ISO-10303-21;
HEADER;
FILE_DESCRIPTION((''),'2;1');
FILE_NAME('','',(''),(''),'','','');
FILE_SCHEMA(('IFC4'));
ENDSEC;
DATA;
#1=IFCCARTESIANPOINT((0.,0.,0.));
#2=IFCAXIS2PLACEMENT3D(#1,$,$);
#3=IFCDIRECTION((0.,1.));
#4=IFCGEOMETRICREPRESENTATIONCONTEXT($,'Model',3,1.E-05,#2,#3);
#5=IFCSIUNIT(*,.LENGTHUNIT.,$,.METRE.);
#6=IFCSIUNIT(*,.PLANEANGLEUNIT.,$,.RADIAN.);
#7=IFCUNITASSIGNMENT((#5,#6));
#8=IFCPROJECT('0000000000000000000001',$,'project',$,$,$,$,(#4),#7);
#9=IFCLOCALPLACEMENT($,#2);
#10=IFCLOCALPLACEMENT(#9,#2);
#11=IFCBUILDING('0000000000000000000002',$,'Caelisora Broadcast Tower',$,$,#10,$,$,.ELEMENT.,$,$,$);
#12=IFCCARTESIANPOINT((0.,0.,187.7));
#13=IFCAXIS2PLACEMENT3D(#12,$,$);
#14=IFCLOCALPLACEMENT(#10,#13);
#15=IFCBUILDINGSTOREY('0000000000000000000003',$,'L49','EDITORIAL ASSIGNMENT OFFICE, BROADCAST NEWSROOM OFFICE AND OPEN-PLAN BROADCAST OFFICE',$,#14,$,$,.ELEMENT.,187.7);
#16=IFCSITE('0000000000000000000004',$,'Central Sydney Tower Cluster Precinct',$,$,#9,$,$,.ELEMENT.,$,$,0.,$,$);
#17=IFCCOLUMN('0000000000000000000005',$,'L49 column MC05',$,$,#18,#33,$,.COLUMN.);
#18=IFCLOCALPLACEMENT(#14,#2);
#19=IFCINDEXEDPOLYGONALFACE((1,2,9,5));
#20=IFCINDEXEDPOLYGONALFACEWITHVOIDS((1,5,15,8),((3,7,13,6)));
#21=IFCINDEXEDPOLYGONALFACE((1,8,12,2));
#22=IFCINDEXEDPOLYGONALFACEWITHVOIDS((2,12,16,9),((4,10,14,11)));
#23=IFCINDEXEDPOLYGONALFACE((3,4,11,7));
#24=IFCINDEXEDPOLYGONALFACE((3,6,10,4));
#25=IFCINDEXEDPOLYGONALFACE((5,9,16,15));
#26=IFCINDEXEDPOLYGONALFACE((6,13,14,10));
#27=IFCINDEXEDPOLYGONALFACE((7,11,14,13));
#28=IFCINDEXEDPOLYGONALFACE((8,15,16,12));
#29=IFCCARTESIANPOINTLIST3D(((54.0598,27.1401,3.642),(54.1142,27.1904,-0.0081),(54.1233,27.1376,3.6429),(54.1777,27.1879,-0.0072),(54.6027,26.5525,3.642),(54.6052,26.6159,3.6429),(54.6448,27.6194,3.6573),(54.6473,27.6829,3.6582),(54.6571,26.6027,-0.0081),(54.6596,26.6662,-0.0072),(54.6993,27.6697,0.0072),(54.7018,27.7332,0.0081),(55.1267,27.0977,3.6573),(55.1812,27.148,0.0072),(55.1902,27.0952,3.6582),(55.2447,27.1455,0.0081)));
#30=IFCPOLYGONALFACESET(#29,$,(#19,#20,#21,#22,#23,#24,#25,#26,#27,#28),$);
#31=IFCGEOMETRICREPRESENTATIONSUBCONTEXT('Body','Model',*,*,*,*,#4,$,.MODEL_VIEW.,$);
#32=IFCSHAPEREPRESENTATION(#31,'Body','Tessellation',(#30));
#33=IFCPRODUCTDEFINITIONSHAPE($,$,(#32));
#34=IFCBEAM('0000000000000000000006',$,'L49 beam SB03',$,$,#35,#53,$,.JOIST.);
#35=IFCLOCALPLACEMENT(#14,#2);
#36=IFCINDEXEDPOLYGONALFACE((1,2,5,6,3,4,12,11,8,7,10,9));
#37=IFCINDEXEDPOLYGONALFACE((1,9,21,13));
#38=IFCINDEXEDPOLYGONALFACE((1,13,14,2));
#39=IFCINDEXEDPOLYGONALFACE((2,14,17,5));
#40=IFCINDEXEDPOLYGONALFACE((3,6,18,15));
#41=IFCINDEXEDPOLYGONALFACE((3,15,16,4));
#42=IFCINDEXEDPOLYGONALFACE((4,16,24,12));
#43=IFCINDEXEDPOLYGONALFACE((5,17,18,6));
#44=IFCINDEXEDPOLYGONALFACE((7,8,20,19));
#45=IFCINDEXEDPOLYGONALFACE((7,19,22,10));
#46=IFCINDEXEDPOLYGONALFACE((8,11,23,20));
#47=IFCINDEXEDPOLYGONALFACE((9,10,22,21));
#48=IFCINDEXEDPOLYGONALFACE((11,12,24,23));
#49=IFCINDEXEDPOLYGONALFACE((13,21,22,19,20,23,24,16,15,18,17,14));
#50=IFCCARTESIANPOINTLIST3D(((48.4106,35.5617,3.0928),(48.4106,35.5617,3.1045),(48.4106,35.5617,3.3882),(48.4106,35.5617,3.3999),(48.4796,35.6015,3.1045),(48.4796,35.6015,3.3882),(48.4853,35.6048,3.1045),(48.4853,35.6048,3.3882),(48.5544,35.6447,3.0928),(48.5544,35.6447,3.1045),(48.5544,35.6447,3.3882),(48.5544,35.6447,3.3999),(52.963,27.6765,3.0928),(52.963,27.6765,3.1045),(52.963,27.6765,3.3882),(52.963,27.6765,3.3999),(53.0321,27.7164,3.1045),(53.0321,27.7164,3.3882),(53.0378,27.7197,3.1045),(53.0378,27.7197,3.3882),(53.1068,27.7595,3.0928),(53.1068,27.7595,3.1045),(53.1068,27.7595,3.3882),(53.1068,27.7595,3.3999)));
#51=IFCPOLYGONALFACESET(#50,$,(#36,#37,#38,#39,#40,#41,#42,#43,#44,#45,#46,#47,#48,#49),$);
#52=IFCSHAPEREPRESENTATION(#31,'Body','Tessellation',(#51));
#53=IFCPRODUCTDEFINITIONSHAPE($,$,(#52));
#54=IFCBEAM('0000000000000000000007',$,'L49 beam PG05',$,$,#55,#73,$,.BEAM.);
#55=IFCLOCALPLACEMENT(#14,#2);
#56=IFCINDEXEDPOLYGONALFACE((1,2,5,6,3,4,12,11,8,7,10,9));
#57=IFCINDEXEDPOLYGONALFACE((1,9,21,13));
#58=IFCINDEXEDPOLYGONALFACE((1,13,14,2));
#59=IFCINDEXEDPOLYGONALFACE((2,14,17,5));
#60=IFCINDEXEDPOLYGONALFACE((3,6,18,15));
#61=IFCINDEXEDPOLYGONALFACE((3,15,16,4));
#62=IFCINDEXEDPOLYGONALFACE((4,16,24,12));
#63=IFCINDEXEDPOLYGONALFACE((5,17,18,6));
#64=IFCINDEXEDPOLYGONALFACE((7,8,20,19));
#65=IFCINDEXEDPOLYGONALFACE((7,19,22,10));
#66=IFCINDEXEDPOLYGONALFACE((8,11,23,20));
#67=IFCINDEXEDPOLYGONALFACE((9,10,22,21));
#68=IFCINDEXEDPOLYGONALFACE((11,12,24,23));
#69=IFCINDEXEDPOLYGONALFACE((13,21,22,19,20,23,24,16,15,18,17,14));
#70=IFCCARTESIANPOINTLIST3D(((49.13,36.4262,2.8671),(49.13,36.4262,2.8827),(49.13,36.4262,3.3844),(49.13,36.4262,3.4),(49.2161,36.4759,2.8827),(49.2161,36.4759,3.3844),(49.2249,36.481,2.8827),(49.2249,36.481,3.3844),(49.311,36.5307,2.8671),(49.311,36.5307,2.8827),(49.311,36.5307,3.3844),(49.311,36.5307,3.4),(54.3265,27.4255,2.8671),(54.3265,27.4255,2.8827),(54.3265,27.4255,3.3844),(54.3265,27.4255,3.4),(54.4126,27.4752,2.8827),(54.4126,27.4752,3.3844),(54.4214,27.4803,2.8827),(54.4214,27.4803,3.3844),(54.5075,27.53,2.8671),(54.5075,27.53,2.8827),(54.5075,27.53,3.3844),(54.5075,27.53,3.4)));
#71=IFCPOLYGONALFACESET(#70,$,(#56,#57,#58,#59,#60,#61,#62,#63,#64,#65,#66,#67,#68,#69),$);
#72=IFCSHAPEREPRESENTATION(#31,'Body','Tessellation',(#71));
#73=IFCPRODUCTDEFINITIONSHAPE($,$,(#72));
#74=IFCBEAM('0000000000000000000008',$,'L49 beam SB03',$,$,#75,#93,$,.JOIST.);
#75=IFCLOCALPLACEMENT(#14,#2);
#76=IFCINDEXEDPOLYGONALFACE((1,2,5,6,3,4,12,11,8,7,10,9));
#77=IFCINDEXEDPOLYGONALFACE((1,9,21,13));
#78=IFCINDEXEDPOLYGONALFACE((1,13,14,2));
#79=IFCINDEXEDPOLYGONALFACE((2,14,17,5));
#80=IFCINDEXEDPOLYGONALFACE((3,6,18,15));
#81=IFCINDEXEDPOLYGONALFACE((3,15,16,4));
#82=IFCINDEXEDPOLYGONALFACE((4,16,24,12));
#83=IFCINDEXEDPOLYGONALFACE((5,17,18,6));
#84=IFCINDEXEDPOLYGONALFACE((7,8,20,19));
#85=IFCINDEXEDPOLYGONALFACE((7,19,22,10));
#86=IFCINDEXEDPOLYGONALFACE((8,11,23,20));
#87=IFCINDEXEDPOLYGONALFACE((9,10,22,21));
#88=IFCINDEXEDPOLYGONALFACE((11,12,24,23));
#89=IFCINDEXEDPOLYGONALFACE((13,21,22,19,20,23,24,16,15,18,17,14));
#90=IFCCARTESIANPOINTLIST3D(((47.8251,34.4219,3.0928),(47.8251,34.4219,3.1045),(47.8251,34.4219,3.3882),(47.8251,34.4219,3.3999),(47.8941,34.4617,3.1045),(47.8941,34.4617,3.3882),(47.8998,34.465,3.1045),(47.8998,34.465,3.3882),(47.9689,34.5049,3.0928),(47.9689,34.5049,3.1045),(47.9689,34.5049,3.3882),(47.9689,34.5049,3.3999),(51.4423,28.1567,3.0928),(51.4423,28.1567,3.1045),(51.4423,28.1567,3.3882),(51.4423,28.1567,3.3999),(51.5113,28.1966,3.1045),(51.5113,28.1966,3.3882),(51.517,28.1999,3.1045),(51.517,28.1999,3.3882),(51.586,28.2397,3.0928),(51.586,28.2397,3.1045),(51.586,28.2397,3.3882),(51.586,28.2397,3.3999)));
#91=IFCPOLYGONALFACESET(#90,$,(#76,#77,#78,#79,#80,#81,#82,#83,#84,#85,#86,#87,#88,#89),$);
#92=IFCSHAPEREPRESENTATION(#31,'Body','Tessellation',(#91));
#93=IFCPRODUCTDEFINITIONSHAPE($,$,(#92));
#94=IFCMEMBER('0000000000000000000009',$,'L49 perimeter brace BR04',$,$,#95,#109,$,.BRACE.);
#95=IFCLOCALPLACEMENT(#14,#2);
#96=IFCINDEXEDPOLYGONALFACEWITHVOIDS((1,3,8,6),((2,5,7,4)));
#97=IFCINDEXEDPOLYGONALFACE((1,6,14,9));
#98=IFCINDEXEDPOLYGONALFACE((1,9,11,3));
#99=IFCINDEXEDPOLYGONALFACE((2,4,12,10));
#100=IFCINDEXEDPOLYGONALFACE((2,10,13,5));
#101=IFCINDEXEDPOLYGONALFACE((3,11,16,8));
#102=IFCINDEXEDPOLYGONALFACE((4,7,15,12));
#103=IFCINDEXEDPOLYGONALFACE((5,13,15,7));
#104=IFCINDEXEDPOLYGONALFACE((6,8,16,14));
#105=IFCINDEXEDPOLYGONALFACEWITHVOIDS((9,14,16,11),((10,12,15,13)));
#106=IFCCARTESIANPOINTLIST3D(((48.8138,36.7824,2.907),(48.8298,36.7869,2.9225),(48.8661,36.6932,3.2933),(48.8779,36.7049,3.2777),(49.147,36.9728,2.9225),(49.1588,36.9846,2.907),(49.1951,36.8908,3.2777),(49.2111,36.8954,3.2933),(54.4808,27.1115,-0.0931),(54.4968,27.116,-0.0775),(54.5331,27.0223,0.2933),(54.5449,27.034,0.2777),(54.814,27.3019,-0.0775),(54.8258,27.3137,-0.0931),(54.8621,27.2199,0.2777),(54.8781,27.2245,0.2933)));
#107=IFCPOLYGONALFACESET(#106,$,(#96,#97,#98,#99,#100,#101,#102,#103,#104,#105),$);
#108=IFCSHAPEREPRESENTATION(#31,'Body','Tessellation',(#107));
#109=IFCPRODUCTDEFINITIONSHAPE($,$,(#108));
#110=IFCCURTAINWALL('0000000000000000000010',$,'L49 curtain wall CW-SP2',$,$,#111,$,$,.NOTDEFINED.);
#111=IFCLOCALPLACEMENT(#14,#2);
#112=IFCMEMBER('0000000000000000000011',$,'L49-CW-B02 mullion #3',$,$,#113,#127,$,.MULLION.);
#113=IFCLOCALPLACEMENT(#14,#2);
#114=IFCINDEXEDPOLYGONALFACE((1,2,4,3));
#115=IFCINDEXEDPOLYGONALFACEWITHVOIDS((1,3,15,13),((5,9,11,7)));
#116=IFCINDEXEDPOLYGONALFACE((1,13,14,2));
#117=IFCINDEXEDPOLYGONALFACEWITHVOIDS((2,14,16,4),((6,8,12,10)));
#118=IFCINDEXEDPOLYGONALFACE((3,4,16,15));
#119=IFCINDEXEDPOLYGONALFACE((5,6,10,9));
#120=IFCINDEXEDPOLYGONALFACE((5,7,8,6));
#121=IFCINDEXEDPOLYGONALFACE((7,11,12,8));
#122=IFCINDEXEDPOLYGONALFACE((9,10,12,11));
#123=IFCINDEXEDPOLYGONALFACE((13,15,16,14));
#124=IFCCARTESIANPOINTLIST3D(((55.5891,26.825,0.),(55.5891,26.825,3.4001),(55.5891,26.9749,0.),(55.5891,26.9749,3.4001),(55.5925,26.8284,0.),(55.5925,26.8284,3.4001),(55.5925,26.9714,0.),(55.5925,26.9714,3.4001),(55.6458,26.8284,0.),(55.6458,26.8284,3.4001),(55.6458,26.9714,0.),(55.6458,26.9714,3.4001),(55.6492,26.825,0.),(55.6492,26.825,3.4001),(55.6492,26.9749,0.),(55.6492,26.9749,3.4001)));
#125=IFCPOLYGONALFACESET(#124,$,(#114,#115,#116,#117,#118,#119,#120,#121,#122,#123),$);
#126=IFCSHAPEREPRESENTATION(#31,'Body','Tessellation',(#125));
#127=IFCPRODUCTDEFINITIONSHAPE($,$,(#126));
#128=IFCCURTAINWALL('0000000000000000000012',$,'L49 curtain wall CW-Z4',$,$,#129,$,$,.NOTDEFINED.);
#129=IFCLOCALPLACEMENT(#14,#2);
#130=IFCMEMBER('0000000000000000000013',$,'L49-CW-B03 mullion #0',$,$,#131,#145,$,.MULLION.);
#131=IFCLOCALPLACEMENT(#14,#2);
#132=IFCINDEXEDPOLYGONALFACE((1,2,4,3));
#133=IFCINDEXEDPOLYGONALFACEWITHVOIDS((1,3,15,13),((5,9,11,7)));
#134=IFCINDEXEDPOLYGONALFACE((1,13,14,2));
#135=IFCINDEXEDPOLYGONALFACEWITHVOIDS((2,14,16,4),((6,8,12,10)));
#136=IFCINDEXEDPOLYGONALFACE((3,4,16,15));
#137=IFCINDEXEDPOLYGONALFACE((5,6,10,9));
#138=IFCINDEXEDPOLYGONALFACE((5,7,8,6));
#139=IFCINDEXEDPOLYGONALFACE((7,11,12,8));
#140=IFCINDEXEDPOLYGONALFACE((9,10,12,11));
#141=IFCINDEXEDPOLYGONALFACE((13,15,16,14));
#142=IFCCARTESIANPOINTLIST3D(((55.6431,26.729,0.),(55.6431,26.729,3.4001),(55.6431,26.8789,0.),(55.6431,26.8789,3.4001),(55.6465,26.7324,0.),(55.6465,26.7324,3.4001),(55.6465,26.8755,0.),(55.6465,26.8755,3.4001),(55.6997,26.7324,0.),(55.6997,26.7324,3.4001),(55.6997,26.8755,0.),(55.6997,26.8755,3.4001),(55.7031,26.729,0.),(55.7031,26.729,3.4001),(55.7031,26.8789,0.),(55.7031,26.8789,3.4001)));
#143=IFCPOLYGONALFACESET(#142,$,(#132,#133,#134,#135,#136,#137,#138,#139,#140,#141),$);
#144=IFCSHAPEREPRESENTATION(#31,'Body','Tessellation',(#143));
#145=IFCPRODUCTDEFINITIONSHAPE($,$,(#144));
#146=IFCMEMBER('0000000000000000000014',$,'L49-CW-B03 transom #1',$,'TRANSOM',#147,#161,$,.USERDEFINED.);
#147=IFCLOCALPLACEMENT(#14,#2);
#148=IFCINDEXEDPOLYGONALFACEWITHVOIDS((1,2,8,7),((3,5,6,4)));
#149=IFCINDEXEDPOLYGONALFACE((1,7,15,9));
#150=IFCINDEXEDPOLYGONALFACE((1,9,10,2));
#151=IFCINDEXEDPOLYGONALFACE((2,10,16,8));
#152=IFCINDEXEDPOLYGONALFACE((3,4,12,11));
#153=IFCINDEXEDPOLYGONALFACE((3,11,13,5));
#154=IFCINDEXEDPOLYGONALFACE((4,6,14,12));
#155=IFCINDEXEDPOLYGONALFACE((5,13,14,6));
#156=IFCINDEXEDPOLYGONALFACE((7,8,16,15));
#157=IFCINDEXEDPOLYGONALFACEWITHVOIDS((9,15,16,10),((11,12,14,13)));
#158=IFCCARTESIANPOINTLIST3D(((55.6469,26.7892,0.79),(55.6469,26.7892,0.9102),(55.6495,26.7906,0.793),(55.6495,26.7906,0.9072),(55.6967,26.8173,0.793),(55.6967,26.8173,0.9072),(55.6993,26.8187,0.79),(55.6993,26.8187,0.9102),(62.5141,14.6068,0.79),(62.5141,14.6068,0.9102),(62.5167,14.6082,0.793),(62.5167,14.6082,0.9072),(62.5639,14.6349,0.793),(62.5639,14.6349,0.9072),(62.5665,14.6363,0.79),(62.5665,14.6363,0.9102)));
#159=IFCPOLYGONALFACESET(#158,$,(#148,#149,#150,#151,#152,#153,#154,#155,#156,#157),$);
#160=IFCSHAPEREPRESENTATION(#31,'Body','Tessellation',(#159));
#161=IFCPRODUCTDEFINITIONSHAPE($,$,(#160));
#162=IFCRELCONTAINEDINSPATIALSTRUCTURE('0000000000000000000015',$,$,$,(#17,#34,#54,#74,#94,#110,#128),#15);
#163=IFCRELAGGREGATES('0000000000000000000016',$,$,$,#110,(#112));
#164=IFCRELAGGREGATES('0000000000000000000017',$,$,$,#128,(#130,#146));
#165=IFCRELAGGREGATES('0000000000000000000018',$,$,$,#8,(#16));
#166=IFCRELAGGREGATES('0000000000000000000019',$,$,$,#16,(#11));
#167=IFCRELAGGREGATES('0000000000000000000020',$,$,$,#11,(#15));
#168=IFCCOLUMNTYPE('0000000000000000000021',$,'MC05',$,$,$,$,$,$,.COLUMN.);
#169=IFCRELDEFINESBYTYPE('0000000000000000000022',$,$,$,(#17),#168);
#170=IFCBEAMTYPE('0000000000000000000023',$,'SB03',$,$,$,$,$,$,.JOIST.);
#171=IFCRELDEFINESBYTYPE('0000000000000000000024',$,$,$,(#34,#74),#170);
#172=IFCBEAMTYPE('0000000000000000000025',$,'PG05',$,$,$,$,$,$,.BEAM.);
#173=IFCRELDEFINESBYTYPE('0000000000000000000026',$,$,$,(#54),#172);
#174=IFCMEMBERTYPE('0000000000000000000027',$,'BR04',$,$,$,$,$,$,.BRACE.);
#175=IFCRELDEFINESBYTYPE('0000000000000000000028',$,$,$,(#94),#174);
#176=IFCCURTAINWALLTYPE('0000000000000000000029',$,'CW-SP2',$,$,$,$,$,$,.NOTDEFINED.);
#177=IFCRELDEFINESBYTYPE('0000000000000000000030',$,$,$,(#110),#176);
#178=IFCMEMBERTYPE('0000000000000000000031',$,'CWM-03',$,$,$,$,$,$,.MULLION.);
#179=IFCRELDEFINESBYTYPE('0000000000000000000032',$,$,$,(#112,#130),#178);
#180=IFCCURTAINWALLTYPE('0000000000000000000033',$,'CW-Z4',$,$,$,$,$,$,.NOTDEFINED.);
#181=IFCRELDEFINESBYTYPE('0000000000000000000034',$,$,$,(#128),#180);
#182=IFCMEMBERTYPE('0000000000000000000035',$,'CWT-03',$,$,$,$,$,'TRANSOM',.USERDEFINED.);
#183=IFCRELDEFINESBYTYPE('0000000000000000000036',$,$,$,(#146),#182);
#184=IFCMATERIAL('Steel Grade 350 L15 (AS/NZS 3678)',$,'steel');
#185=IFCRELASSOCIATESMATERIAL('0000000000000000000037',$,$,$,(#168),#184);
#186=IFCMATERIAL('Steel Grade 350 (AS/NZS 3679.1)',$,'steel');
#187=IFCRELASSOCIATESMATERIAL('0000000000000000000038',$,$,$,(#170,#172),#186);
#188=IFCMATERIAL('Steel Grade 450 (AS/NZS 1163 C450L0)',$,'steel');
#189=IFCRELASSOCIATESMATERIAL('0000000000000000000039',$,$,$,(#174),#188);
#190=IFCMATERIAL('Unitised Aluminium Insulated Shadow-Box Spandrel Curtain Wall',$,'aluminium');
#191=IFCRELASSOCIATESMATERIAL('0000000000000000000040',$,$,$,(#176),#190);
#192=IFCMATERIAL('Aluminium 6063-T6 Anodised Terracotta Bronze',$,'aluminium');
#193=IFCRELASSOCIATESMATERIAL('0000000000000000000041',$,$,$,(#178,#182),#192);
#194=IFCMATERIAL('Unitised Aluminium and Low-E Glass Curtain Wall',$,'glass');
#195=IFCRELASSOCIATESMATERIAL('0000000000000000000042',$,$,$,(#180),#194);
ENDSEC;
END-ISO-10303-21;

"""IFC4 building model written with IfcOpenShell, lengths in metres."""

from ifc_helpers import new_model, si_unit, direction, frame, origin, origin_2d, place, context, subcontext, project, spatial, hollow_rectangle, i_section, extrude, source, transform, mapped, material, material_profile, profile_set, type_object, type_shapes, element, aggregate, save


model = new_model("IFC4")

# Units and contexts
model_context = context("Model", 3, precision=1e-05, world=origin(), true_north=direction((0.0, 1.0)))
body_context = subcontext(model_context, "Body", "Model", "MODEL_VIEW")
ifc_project = project(units=[si_unit("LENGTHUNIT", "METRE"), si_unit("PLANEANGLEUNIT", "RADIAN")], contexts=[model_context])

# Site, building, storey
site_placement = place(None, origin())
site = spatial("IfcSite", under=ifc_project, at=site_placement, Name="Central Sydney Tower Cluster Precinct", CompositionType="ELEMENT", RefElevation=0.0)
building_placement = place(site_placement, origin())
building = spatial("IfcBuilding", under=site, at=building_placement, Name="Caelisora Broadcast Tower", CompositionType="ELEMENT")
storey_placement = place(building_placement, frame((0.0, 0.0, 187.7)))
storey = spatial("IfcBuildingStorey", under=building, at=storey_placement, Name="L49", Description="EDITORIAL ASSIGNMENT OFFICE, BROADCAST NEWSROOM OFFICE AND OPEN-PLAN BROADCAST OFFICE", CompositionType="ELEMENT", Elevation=187.7)

# Column
ifc_material_1 = material(Name="Steel Grade 350 L15 (AS/NZS 3678)", Category="steel")
ifc_material_profile_1 = material_profile(ifc_material_1, hollow_rectangle(XDim=0.8, YDim=0.8, WallThickness=0.0449, at=origin_2d()), Name="Steel Grade 350 L15 (AS/NZS 3678)")
ifc_profile_set_1 = profile_set([ifc_material_profile_1], Name="Steel Grade 350 L15 (AS/NZS 3678)")
column_type = type_object("IfcColumnType", Name="MC05", PredefinedType="COLUMN", material=ifc_profile_set_1)
shared_shape_1 = source(origin(), body_context, "Body", "SweptSolid", [
    extrude(hollow_rectangle(XDim=0.8, YDim=0.8, WallThickness=0.0449, at=origin_2d()), origin(), (0.0, 0.0, 1.0), 3.6509),
])
type_shapes(column_type, [shared_shape_1])
column_placement = place(storey_placement, frame((54.6794, 27.168, 0.0), z_axis=(-0.014912, -0.013776, 0.999794), x_axis=(0.678554, -0.734551, 0.0)))
element("IfcColumn", 1, at=column_placement, inside=storey, type_object=column_type, Name="L49 column MC05", PredefinedType="COLUMN", context=body_context, shape_type="MappedRepresentation", body=[
    mapped(shared_shape_1, transform((0.0, 0.0, 0.0), scale=1.0)),
])

# Beams
ifc_material_2 = material(Name="Steel Grade 350 (AS/NZS 3679.1)", Category="steel")
ifc_material_profile_2 = material_profile(ifc_material_2, i_section(OverallWidth=0.166, OverallDepth=0.3071, WebThickness=0.0066, FlangeThickness=0.0117, at=origin_2d()), Name="Steel Grade 350 (AS/NZS 3679.1)")
ifc_profile_set_2 = profile_set([ifc_material_profile_2], Name="Steel Grade 350 (AS/NZS 3679.1)")
beam_type_1 = type_object("IfcBeamType", Name="SB03", PredefinedType="JOIST", material=ifc_profile_set_2)
shared_shape_2 = source(origin(), body_context, "Body", "SweptSolid", [
    extrude(i_section(OverallWidth=0.166, OverallDepth=0.3071, WebThickness=0.0066, FlangeThickness=0.0117, at=origin_2d()), origin(), (0.0, 0.0, 1.0), 9.105),
])
beam_1_placement = place(storey_placement, frame((53.0349, 27.718, 3.2463), z_axis=(-0.499995, 0.866028, 0.0), x_axis=(-0.866028, -0.499995, 0.0)))
element("IfcBeam", 2, at=beam_1_placement, inside=storey, type_object=beam_type_1, Name="L49 beam SB03", PredefinedType="JOIST", context=body_context, shape_type="MappedRepresentation", body=[
    mapped(shared_shape_2, transform((0.0, 0.0, 0.0), scale=1.0)),
])
ifc_material_profile_3 = material_profile(ifc_material_2, i_section(OverallWidth=0.209, OverallDepth=0.533, WebThickness=0.0103, FlangeThickness=0.0156, at=origin_2d()), Name="Steel Grade 350 (AS/NZS 3679.1)")
ifc_profile_set_3 = profile_set([ifc_material_profile_3], Name="Steel Grade 350 (AS/NZS 3679.1)")
beam_type_2 = type_object("IfcBeamType", Name="PG05", PredefinedType="BEAM", material=ifc_profile_set_3)
shared_shape_3 = source(origin(), body_context, "Body", "SweptSolid", [
    extrude(i_section(OverallWidth=0.209, OverallDepth=0.533, WebThickness=0.0103, FlangeThickness=0.0156, at=origin_2d()), origin(), (0.0, 0.0, 1.0), 10.3931),
])
type_shapes(beam_type_2, [shared_shape_3])
beam_2_placement = place(storey_placement, frame((54.417, 27.4778, 3.1335), z_axis=(-0.499997, 0.866027, 0.0), x_axis=(-0.866027, -0.499997, 0.0)))
element("IfcBeam", 3, at=beam_2_placement, inside=storey, type_object=beam_type_2, Name="L49 beam PG05", PredefinedType="BEAM", context=body_context, shape_type="MappedRepresentation", body=[
    mapped(shared_shape_3, transform((0.0, 0.0, 0.0), scale=1.0)),
])
shared_shape_4 = source(origin(), body_context, "Body", "SweptSolid", [
    extrude(i_section(OverallWidth=0.166, OverallDepth=0.3071, WebThickness=0.0066, FlangeThickness=0.0117, at=origin_2d()), origin(), (0.0, 0.0, 1.0), 7.2344),
])
type_shapes(beam_type_1, [shared_shape_2, shared_shape_4])
beam_3_placement = place(storey_placement, frame((51.5142, 28.1982, 3.2463), z_axis=(-0.500001, 0.866025, 0.0), x_axis=(-0.866025, -0.500001, 0.0)))
element("IfcBeam", 4, at=beam_3_placement, inside=storey, type_object=beam_type_1, Name="L49 beam SB03", PredefinedType="JOIST", context=body_context, shape_type="MappedRepresentation", body=[
    mapped(shared_shape_4, transform((0.0, 0.0, 0.0), scale=1.0)),
])

# Member
ifc_material_3 = material(Name="Steel Grade 450 (AS/NZS 1163 C450L0)", Category="steel")
ifc_material_profile_4 = material_profile(ifc_material_3, hollow_rectangle(XDim=0.3999, YDim=0.3999, WallThickness=0.0161, at=origin_2d()), Name="Steel Grade 450 (AS/NZS 1163 C450L0)")
ifc_profile_set_4 = profile_set([ifc_material_profile_4], Name="Steel Grade 450 (AS/NZS 1163 C450L0)")
member_type_1 = type_object("IfcMemberType", Name="BR04", PredefinedType="BRACE", material=ifc_profile_set_4)
shared_shape_5 = source(origin(), body_context, "Body", "SweptSolid", [
    extrude(hollow_rectangle(XDim=0.3999, YDim=0.3999, WallThickness=0.0161, at=origin_2d()), origin(), (0.0, 0.0, 1.0), 11.6035),
])
type_shapes(member_type_1, [shared_shape_5])
member_1_placement = place(storey_placement, frame((54.6794, 27.168, 0.1001), z_axis=(-0.488387, 0.833447, 0.258543), x_axis=(-0.862782, -0.505576, 0.0)))
element("IfcMember", 5, at=member_1_placement, inside=storey, type_object=member_type_1, Name="L49 perimeter brace BR04", PredefinedType="BRACE", context=body_context, shape_type="MappedRepresentation", body=[
    mapped(shared_shape_5, transform((0.0, 0.0, 0.0), scale=1.0)),
])

# Curtain wall, member
ifc_material_4 = material(Name="Unitised Aluminium Insulated Shadow-Box Spandrel Curtain Wall", Category="aluminium")
curtain_wall_type_1 = type_object("IfcCurtainWallType", Name="CW-SP2", PredefinedType="NOTDEFINED", material=ifc_material_4)
curtain_wall_1_placement = place(storey_placement, origin())
curtain_wall_1 = element("IfcCurtainWall", 6, at=curtain_wall_1_placement, inside=storey, type_object=curtain_wall_type_1, Name="L49 curtain wall CW-SP2", PredefinedType="NOTDEFINED")
ifc_material_5 = material(Name="Aluminium 6063-T6 Anodised Terracotta Bronze", Category="aluminium")
ifc_material_profile_5 = material_profile(ifc_material_5, hollow_rectangle(XDim=0.0601, YDim=0.1499, WallThickness=0.0034, at=origin_2d()), Name="Aluminium 6063-T6 Anodised Terracotta Bronze")
ifc_profile_set_5 = profile_set([ifc_material_profile_5], Name="Aluminium 6063-T6 Anodised Terracotta Bronze")
member_type_2 = type_object("IfcMemberType", Name="CWM-03", PredefinedType="MULLION", material=ifc_profile_set_5)
shared_shape_6 = source(origin(), body_context, "Body", "SweptSolid", [
    extrude(hollow_rectangle(XDim=0.0601, YDim=0.1499, WallThickness=0.0034, at=origin_2d()), origin(), (0.0, 0.0, 1.0), 3.4001),
])
type_shapes(member_type_2, [shared_shape_6])
member_2_placement = place(storey_placement, frame((55.6191, 26.8999, 0.0), z_axis=(0.0, 0.0, 1.0), x_axis=(1.0, 0.0, 0.0)))
member_2 = element("IfcMember", 7, at=member_2_placement, type_object=member_type_2, Name="L49-CW-B02 mullion #3", PredefinedType="MULLION", context=body_context, shape_type="MappedRepresentation", body=[
    mapped(shared_shape_6, transform((0.0, 0.0, 0.0), scale=1.0)),
])

# Curtain wall, members
ifc_material_6 = material(Name="Unitised Aluminium and Low-E Glass Curtain Wall", Category="glass")
curtain_wall_type_2 = type_object("IfcCurtainWallType", Name="CW-Z4", PredefinedType="NOTDEFINED", material=ifc_material_6)
curtain_wall_2_placement = place(storey_placement, origin())
curtain_wall_2 = element("IfcCurtainWall", 8, at=curtain_wall_2_placement, inside=storey, type_object=curtain_wall_type_2, Name="L49 curtain wall CW-Z4", PredefinedType="NOTDEFINED")
member_3_placement = place(storey_placement, frame((55.6731, 26.804, 0.0), z_axis=(0.0, 0.0, 1.0), x_axis=(1.0, 0.0, 0.0)))
member_3 = element("IfcMember", 9, at=member_3_placement, type_object=member_type_2, Name="L49-CW-B03 mullion #0", PredefinedType="MULLION", context=body_context, shape_type="MappedRepresentation", body=[
    mapped(shared_shape_6, transform((0.0, 0.0, 0.0), scale=1.0)),
])
ifc_material_profile_6 = material_profile(ifc_material_5, hollow_rectangle(XDim=0.0601, YDim=0.1201, WallThickness=0.0029, at=origin_2d()), Name="Aluminium 6063-T6 Anodised Terracotta Bronze")
ifc_profile_set_6 = profile_set([ifc_material_profile_6], Name="Aluminium 6063-T6 Anodised Terracotta Bronze")
member_type_3 = type_object("IfcMemberType", Name="CWT-03", ElementType="TRANSOM", PredefinedType="USERDEFINED", material=ifc_profile_set_6)
shared_shape_7 = source(origin(), body_context, "Body", "SweptSolid", [
    extrude(hollow_rectangle(XDim=0.0601, YDim=0.1201, WallThickness=0.0029, at=origin_2d()), origin(), (0.0, 0.0, 1.0), 13.9846),
])
type_shapes(member_type_3, [shared_shape_7])
member_4_placement = place(storey_placement, frame((55.6731, 26.804, 0.8501), z_axis=(0.491054, -0.871129, 0.0), x_axis=(0.871129, 0.491054, 0.0)))
member_4 = element("IfcMember", 10, at=member_4_placement, type_object=member_type_3, Name="L49-CW-B03 transom #1", ObjectType="TRANSOM", PredefinedType="USERDEFINED", context=body_context, shape_type="MappedRepresentation", body=[
    mapped(shared_shape_7, transform((0.0, 0.0, 0.0), scale=1.0)),
])

aggregate(curtain_wall_1, [member_2])
aggregate(curtain_wall_2, [member_3, member_4])

save(model, "model.ifc")
